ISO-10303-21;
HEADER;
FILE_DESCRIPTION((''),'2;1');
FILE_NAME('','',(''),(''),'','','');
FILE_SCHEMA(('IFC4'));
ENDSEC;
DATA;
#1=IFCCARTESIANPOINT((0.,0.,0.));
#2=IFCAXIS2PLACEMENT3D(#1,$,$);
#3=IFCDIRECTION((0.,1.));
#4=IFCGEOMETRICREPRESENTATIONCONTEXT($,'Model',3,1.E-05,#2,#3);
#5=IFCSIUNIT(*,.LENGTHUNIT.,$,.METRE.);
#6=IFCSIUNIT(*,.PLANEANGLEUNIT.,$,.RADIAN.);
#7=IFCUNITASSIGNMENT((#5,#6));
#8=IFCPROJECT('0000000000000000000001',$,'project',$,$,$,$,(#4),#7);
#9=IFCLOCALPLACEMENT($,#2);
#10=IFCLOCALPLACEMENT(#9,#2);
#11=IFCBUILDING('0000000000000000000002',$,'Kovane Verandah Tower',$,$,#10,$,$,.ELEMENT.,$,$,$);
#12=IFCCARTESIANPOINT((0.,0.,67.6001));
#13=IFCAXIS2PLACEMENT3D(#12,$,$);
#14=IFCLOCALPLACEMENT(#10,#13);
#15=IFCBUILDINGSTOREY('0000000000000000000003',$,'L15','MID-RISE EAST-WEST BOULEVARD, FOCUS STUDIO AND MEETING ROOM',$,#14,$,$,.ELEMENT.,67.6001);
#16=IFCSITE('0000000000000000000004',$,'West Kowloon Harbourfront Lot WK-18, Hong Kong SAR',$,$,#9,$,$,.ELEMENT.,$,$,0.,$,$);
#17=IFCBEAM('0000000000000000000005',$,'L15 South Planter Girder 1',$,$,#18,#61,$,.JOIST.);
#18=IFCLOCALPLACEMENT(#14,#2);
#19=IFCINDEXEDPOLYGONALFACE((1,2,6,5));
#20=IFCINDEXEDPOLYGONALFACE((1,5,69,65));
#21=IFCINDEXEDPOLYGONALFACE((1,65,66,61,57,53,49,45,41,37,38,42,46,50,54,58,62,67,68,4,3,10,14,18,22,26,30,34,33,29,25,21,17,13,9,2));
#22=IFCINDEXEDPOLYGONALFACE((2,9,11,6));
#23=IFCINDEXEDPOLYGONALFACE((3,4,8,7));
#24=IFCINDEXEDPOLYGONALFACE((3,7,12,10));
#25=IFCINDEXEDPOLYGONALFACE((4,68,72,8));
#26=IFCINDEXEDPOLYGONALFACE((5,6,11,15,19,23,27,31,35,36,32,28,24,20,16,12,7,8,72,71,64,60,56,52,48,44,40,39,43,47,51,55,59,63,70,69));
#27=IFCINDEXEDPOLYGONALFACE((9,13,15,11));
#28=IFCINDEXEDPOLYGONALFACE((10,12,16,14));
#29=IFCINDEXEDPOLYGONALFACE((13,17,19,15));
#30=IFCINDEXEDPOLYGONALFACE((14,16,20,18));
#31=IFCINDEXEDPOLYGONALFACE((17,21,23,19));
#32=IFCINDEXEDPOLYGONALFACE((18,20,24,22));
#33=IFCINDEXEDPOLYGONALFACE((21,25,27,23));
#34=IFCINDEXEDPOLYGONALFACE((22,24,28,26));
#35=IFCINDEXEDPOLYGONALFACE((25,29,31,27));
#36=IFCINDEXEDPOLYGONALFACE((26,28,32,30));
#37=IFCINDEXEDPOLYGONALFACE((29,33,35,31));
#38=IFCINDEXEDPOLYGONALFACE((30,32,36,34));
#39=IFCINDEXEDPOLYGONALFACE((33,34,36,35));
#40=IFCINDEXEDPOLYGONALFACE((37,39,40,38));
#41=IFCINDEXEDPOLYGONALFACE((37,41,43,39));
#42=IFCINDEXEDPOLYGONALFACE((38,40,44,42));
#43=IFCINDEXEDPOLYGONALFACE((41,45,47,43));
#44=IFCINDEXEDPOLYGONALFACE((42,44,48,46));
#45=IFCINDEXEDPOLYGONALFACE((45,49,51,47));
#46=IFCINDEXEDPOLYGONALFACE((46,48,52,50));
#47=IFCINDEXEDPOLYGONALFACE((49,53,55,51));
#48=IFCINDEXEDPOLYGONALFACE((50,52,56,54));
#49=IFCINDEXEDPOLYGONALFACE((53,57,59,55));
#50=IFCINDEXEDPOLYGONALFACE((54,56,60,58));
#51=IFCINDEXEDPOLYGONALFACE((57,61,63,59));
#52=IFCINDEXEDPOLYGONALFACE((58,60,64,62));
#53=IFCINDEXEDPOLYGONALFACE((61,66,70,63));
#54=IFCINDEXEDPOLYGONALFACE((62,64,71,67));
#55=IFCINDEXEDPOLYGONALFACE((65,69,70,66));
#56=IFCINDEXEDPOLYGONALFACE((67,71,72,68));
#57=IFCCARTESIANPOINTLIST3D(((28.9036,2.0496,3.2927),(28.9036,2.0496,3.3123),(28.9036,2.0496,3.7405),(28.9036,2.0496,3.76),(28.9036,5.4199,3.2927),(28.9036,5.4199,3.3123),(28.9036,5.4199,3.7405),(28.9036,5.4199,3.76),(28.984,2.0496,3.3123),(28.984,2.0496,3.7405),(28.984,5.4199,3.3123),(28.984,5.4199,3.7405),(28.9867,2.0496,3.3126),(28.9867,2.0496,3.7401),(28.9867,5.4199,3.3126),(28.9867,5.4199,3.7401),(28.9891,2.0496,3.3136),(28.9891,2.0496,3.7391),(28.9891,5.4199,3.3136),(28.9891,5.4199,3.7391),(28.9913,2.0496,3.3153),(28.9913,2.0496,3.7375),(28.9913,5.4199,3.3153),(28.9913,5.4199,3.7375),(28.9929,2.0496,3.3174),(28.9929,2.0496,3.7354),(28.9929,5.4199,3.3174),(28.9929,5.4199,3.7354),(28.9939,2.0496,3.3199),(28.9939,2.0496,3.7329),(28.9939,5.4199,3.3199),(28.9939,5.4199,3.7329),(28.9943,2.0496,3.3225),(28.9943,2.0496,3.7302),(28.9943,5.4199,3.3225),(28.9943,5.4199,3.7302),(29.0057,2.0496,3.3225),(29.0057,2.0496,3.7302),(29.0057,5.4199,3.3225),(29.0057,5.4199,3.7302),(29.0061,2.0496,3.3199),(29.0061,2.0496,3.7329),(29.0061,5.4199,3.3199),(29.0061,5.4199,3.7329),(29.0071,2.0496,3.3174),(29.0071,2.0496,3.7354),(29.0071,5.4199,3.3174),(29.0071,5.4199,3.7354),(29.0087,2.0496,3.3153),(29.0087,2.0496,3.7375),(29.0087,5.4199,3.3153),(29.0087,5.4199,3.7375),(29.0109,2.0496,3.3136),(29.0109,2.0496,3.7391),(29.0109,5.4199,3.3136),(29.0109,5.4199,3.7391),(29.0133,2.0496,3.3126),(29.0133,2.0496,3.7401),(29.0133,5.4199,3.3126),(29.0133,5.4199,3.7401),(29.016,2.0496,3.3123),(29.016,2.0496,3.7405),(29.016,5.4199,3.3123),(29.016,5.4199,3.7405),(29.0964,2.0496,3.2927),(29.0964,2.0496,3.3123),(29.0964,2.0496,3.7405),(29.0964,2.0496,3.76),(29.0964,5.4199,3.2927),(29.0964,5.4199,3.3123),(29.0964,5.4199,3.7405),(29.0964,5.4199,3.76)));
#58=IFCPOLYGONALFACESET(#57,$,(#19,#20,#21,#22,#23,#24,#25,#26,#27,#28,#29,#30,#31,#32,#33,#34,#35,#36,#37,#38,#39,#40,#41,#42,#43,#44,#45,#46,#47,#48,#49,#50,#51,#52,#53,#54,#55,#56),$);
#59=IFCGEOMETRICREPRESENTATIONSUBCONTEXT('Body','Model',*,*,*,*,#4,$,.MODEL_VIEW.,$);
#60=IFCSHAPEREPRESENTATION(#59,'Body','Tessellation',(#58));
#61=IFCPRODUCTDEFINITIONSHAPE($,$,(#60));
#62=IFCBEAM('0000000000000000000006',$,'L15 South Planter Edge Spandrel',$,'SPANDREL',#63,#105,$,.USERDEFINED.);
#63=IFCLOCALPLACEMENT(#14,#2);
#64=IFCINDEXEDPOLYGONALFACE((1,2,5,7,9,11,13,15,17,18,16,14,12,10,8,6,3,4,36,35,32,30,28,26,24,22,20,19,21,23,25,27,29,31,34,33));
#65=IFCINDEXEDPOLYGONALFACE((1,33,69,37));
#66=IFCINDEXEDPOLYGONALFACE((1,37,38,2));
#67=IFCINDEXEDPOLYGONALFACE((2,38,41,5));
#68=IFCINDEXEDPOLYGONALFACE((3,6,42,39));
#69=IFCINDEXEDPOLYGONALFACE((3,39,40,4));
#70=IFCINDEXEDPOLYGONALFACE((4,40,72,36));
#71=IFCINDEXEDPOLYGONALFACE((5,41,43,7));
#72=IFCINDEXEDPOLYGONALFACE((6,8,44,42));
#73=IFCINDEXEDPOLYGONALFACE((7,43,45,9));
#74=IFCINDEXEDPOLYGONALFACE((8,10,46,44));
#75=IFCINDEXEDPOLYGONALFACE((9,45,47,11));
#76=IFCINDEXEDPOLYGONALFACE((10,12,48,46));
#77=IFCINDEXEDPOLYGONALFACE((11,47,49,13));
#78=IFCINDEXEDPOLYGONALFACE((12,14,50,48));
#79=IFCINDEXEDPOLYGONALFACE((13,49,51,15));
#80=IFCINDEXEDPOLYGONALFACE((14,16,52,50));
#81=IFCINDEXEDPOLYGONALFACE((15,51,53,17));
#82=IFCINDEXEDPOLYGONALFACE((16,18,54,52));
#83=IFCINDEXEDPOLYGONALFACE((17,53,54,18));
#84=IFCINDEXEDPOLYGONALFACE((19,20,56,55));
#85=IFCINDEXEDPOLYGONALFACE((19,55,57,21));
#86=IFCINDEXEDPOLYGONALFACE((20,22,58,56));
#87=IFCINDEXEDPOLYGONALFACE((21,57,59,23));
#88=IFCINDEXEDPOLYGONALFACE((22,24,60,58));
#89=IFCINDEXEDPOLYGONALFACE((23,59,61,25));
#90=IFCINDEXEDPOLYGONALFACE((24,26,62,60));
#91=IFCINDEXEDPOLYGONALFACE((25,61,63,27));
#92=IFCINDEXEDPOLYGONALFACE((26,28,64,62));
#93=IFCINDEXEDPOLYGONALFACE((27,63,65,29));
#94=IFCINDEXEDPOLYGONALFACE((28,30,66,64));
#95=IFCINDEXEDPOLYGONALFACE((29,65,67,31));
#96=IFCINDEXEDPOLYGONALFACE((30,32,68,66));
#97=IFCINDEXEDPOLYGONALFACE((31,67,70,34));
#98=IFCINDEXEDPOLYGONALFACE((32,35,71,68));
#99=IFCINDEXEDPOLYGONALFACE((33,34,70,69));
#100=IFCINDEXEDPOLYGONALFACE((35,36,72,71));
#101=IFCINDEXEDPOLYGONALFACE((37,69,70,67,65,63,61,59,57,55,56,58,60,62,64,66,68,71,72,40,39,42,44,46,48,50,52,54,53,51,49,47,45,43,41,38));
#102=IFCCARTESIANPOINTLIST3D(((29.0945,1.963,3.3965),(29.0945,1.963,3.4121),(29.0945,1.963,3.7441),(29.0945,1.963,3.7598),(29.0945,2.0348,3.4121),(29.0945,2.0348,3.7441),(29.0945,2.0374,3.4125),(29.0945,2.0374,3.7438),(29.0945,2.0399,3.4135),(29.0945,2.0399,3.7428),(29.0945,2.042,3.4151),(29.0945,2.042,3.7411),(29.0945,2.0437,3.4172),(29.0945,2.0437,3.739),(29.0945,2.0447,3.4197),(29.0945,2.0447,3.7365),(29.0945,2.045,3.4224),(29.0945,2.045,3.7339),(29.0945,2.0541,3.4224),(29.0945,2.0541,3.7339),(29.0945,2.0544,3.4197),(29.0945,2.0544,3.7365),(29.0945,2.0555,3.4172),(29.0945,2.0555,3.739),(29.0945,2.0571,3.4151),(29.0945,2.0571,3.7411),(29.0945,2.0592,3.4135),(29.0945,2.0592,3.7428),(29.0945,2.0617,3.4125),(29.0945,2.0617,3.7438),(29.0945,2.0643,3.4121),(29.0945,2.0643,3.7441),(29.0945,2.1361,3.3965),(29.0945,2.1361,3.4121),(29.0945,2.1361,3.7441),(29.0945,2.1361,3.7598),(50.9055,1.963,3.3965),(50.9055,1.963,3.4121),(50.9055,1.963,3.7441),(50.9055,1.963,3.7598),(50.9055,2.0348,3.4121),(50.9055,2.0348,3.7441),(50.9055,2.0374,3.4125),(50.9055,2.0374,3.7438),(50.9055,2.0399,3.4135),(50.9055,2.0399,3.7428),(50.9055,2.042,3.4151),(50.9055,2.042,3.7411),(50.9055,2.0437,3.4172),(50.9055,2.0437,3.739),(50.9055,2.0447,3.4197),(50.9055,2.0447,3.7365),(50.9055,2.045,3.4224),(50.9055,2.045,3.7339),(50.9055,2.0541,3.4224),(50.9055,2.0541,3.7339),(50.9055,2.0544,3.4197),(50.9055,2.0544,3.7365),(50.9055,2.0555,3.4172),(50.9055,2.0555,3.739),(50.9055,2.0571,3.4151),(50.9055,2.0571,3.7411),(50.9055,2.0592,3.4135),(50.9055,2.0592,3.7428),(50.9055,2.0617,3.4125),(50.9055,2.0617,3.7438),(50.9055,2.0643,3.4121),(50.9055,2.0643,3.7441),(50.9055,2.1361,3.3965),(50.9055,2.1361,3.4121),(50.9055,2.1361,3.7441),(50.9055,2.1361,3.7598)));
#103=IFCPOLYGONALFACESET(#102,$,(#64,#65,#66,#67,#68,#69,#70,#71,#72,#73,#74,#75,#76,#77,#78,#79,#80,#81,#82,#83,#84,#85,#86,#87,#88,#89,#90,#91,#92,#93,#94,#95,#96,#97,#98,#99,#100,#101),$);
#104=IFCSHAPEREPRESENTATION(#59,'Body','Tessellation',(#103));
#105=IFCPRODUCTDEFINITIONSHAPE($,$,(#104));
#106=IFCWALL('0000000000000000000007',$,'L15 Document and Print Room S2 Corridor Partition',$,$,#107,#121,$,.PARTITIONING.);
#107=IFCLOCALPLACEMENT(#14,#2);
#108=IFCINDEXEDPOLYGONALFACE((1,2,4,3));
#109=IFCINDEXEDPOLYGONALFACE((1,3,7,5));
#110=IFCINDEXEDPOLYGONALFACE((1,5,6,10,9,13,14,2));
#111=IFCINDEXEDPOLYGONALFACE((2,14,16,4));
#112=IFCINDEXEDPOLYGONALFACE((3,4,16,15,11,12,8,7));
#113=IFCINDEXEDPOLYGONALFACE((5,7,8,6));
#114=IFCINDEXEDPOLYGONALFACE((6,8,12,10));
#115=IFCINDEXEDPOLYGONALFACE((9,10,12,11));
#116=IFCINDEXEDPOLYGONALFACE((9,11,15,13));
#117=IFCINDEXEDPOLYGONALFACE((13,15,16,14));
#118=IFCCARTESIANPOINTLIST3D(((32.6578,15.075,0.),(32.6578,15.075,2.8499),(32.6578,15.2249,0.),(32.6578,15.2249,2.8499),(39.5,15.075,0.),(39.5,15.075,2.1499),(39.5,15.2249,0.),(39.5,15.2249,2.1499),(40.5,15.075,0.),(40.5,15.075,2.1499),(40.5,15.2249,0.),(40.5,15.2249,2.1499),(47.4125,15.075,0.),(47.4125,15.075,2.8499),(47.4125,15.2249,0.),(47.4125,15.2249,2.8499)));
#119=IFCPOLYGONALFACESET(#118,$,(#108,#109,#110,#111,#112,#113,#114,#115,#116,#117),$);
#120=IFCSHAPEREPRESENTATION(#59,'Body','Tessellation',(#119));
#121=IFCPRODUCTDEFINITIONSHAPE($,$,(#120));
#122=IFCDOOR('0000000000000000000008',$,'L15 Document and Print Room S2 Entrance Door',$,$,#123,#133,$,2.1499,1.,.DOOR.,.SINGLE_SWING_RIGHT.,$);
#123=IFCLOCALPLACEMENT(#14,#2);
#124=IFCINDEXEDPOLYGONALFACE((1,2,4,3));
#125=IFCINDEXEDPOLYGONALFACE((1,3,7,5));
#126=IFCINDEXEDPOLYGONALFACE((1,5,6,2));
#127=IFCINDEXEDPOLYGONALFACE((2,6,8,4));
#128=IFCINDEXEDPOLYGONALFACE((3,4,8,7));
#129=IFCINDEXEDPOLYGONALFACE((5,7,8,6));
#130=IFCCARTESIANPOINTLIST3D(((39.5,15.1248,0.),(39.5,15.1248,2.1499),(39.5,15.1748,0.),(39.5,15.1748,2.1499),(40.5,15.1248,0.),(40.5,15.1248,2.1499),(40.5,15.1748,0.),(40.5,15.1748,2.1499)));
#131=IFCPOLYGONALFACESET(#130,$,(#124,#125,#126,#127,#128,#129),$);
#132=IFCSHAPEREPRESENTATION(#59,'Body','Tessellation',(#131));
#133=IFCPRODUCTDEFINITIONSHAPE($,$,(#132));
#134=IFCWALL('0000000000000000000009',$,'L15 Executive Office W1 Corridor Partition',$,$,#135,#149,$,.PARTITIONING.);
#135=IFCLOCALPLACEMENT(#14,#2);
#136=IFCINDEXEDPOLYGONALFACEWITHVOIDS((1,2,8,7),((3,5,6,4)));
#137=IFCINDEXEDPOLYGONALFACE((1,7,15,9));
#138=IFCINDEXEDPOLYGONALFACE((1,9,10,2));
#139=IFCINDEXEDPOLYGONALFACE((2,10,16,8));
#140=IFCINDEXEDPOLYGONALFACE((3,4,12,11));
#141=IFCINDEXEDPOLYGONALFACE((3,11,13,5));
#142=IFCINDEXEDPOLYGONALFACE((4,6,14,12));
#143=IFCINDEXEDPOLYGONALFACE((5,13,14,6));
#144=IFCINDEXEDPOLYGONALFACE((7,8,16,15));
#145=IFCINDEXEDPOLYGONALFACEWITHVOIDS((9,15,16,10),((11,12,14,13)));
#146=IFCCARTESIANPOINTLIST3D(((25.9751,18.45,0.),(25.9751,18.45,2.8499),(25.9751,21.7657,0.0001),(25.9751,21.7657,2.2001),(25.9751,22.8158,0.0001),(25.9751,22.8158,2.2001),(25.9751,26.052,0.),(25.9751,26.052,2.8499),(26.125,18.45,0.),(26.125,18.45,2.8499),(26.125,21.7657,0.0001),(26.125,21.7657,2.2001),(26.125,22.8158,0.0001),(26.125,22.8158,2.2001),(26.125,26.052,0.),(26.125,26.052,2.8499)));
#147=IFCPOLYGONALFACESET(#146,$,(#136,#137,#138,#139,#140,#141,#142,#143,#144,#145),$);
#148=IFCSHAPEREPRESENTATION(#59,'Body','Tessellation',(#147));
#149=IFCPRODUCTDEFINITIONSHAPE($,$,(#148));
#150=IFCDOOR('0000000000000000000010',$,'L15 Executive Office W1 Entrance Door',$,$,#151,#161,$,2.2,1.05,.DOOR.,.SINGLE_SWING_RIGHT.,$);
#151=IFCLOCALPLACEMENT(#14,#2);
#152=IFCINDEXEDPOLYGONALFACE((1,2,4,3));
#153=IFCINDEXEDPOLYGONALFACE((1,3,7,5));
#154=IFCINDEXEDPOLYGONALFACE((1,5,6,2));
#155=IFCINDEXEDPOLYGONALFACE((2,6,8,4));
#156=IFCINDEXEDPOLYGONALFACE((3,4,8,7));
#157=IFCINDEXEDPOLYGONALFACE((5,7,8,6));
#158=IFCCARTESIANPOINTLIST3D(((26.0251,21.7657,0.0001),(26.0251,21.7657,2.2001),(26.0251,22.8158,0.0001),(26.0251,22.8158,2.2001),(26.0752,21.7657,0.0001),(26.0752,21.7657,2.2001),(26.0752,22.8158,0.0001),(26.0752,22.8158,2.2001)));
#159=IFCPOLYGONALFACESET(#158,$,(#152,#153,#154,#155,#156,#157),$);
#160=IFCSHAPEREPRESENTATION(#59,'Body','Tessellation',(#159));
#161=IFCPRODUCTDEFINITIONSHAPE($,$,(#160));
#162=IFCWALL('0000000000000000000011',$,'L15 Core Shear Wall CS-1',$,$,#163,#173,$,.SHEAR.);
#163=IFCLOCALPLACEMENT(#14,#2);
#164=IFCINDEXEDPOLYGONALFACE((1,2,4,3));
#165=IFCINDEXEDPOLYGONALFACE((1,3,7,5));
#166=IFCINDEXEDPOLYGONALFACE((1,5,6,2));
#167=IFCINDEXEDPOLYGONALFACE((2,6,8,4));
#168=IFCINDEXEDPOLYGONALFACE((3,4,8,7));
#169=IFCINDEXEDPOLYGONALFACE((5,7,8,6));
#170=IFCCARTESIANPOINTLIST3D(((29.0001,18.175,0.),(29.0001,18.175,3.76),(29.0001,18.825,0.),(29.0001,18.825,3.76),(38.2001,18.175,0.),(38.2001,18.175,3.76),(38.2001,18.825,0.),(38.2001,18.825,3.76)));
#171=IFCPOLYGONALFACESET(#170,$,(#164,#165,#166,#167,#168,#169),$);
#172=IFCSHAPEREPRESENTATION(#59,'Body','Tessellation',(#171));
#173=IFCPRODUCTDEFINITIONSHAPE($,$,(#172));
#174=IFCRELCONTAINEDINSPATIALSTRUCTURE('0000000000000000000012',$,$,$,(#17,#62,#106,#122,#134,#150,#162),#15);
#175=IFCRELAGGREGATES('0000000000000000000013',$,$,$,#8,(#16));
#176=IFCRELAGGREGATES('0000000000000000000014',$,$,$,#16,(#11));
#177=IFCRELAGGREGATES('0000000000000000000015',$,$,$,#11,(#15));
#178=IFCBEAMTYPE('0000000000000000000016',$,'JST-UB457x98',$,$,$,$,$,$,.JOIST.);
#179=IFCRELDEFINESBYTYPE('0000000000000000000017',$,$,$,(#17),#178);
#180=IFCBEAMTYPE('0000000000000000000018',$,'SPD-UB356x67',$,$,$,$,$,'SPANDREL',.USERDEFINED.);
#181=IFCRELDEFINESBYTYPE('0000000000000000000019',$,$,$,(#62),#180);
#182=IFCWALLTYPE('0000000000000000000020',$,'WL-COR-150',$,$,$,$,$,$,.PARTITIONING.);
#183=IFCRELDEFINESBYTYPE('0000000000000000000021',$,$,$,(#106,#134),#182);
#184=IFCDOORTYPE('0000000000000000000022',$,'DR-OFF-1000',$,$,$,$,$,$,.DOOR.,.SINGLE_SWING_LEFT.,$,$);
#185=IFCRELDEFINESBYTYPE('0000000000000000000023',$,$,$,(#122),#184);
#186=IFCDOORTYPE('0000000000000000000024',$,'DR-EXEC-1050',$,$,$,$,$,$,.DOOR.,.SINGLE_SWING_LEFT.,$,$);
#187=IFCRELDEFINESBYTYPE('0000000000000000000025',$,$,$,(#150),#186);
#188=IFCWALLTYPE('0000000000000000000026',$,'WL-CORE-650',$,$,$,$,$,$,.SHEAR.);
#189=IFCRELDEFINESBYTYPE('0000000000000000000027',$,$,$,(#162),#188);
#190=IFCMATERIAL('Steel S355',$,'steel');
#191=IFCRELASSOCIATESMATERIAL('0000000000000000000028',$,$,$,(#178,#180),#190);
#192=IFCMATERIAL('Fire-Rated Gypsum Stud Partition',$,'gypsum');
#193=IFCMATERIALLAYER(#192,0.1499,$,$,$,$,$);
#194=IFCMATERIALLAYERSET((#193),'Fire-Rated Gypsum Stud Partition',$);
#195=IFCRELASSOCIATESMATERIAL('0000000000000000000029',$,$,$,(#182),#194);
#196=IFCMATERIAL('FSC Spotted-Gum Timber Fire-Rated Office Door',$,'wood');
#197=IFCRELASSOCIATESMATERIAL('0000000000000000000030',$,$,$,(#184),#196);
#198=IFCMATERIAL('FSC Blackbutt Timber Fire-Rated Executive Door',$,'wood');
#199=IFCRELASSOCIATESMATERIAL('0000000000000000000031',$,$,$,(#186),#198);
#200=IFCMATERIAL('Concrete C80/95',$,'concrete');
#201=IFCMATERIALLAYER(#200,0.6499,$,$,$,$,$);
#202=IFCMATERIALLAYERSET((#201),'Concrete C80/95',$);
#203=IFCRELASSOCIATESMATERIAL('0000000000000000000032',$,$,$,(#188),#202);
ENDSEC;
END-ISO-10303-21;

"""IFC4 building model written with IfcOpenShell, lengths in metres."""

from ifc_helpers import new_model, si_unit, direction, frame, frame_2d, origin, origin_2d, place, context, subcontext, project, spatial, rectangle, i_section, extrude, material, layer, layer_set, material_profile, profile_set, type_object, element, fill, save


model = new_model("IFC4")

# Units and contexts
model_context = context("Model", 3, precision=1e-05, world=origin(), true_north=direction((0.0, 1.0)))
body_context = subcontext(model_context, "Body", "Model", "MODEL_VIEW")
ifc_project = project(units=[si_unit("LENGTHUNIT", "METRE"), si_unit("PLANEANGLEUNIT", "RADIAN")], contexts=[model_context])

# Site, building, storey
site_placement = place(None, origin())
site = spatial("IfcSite", under=ifc_project, at=site_placement, Name="West Kowloon Harbourfront Lot WK-18, Hong Kong SAR", CompositionType="ELEMENT", RefElevation=0.0)
building_placement = place(site_placement, origin())
building = spatial("IfcBuilding", under=site, at=building_placement, Name="Kovane Verandah Tower", CompositionType="ELEMENT")
storey_placement = place(building_placement, frame((0.0, 0.0, 67.6001)))
storey = spatial("IfcBuildingStorey", under=building, at=storey_placement, Name="L15", Description="MID-RISE EAST-WEST BOULEVARD, FOCUS STUDIO AND MEETING ROOM", CompositionType="ELEMENT", Elevation=67.6001)

# Shared definitions
ifc_material_1 = material(Name="Concrete C80/95", Category="concrete")

# Beams
ifc_material_2 = material(Name="Steel S355", Category="steel")
ifc_material_profile_1 = material_profile(ifc_material_2, i_section(OverallWidth=0.1929, OverallDepth=0.4673, WebThickness=0.0115, FlangeThickness=0.0195, FilletRadius=0.0103, at=origin_2d()), Name="UB457x191x98")
ifc_profile_set_1 = profile_set([ifc_material_profile_1], Name="Steel S355")
beam_type_1 = type_object("IfcBeamType", Name="JST-UB457x98", PredefinedType="JOIST", material=ifc_profile_set_1)
beam_1_placement = place(storey_placement, frame((29.0, 5.4199, 3.5264), z_axis=(0.0, -1.0, 0.0), x_axis=(1.0, 0.0, 0.0)))
element("IfcBeam", 1, at=beam_1_placement, inside=storey, type_object=beam_type_1, Name="L15 South Planter Girder 1", PredefinedType="JOIST", context=body_context, shape_type="SweptSolid", body=[
    extrude(i_section(OverallWidth=0.1929, OverallDepth=0.4673, WebThickness=0.0115, FlangeThickness=0.0195, FilletRadius=0.0103, at=origin_2d()), origin(), (0.0, 0.0, 1.0), 3.3704),
])
ifc_material_profile_2 = material_profile(ifc_material_2, i_section(OverallWidth=0.1731, OverallDepth=0.3633, WebThickness=0.009, FlangeThickness=0.0156, FilletRadius=0.0103, at=origin_2d()), Name="UB356x171x67")
ifc_profile_set_2 = profile_set([ifc_material_profile_2], Name="Steel S355")
beam_type_2 = type_object("IfcBeamType", Name="SPD-UB356x67", ElementType="SPANDREL", PredefinedType="USERDEFINED", material=ifc_profile_set_2)
beam_2_placement = place(storey_placement, frame((29.0945, 2.0496, 3.5781), z_axis=(1.0, 0.0, 0.0), x_axis=(0.0, 1.0, 0.0)))
element("IfcBeam", 2, at=beam_2_placement, inside=storey, type_object=beam_type_2, Name="L15 South Planter Edge Spandrel", ObjectType="SPANDREL", PredefinedType="USERDEFINED", context=body_context, shape_type="SweptSolid", body=[
    extrude(i_section(OverallWidth=0.1731, OverallDepth=0.3633, WebThickness=0.009, FlangeThickness=0.0156, FilletRadius=0.0103, at=origin_2d()), origin(), (0.0, 0.0, 1.0), 21.811),
])

# Walls, openings, doors
ifc_material_3 = material(Name="Fire-Rated Gypsum Stud Partition", Category="gypsum")
ifc_layer_1 = layer(ifc_material_3, 0.1499)
ifc_layer_set_1 = layer_set([ifc_layer_1], Name="Fire-Rated Gypsum Stud Partition")
wall_type_1 = type_object("IfcWallType", Name="WL-COR-150", PredefinedType="PARTITIONING", material=ifc_layer_set_1)
wall_1_placement = place(storey_placement, frame((32.6577, 15.1499, 0.0), z_axis=(0.0, 0.0, 1.0), x_axis=(1.0, 0.0, 0.0)))
wall_1 = element("IfcWall", 3, at=wall_1_placement, inside=storey, type_object=wall_type_1, Name="L15 Document and Print Room S2 Corridor Partition", PredefinedType="PARTITIONING", context=body_context, shape_type="SweptSolid", body=[
    extrude(rectangle(XDim=14.7546, YDim=0.1499, at=frame_2d((7.3774, 0.0))), origin(), (0.0, 0.0, 1.0), 2.8499),
])
opening_1_placement = place(wall_1_placement, frame((6.8423, 0.0, 0.0)))
opening_1 = element("IfcOpeningElement", 4, at=opening_1_placement, cuts=wall_1, PredefinedType="OPENING", context=body_context, shape_type="SweptSolid", body=[
    extrude(rectangle(XDim=1.0, YDim=2.1499, at=frame_2d((0.5, 1.075))), frame((0.0, 0.075, 0.0), z_axis=(0.0, -1.0, 0.0), x_axis=(1.0, 0.0, 0.0)), (0.0, 0.0, 1.0), 0.1499),
])
ifc_material_4 = material(Name="FSC Spotted-Gum Timber Fire-Rated Office Door", Category="wood")
door_type_1 = type_object("IfcDoorType", Name="DR-OFF-1000", OperationType="SINGLE_SWING_LEFT", PredefinedType="DOOR", material=ifc_material_4)
door_1_placement = place(opening_1_placement, origin())
door_1 = element("IfcDoor", 5, at=door_1_placement, inside=storey, type_object=door_type_1, Name="L15 Document and Print Room S2 Entrance Door", OperationType="SINGLE_SWING_RIGHT", OverallHeight=2.1499, OverallWidth=1.0, PredefinedType="DOOR", context=body_context, shape_type="SweptSolid", body=[
    extrude(rectangle(XDim=1.0, YDim=2.1499, at=frame_2d((0.5, 1.075))), frame((0.0, 0.0249, 0.0), z_axis=(0.0, -1.0, 0.0), x_axis=(1.0, 0.0, 0.0)), (0.0, 0.0, 1.0), 0.05),
])
fill(opening_1, door_1)
wall_2_placement = place(storey_placement, frame((26.05, 18.45, 0.0), z_axis=(0.0, 0.0, 1.0), x_axis=(0.0, 1.0, 0.0)))
wall_2 = element("IfcWall", 6, at=wall_2_placement, inside=storey, type_object=wall_type_1, Name="L15 Executive Office W1 Corridor Partition", PredefinedType="PARTITIONING", context=body_context, shape_type="SweptSolid", body=[
    extrude(rectangle(XDim=7.6021, YDim=0.1499, at=frame_2d((3.801, 0.0))), origin(), (0.0, 0.0, 1.0), 2.8499),
])
opening_2_placement = place(wall_2_placement, frame((3.3159, 0.0, 0.0)))
opening_2 = element("IfcOpeningElement", 7, at=opening_2_placement, cuts=wall_2, PredefinedType="OPENING", context=body_context, shape_type="SweptSolid", body=[
    extrude(rectangle(XDim=1.05, YDim=2.2, at=frame_2d((0.5249, 1.1001))), frame((0.0, 0.075, 0.0), z_axis=(0.0, -1.0, 0.0), x_axis=(1.0, 0.0, 0.0)), (0.0, 0.0, 1.0), 0.1499),
])
ifc_material_5 = material(Name="FSC Blackbutt Timber Fire-Rated Executive Door", Category="wood")
door_type_2 = type_object("IfcDoorType", Name="DR-EXEC-1050", OperationType="SINGLE_SWING_LEFT", PredefinedType="DOOR", material=ifc_material_5)
door_2_placement = place(opening_2_placement, origin())
door_2 = element("IfcDoor", 8, at=door_2_placement, inside=storey, type_object=door_type_2, Name="L15 Executive Office W1 Entrance Door", OperationType="SINGLE_SWING_RIGHT", OverallHeight=2.2, OverallWidth=1.05, PredefinedType="DOOR", context=body_context, shape_type="SweptSolid", body=[
    extrude(rectangle(XDim=1.05, YDim=2.2, at=frame_2d((0.5249, 1.1001))), frame((0.0, 0.0249, 0.0), z_axis=(0.0, -1.0, 0.0), x_axis=(1.0, 0.0, 0.0)), (0.0, 0.0, 1.0), 0.05),
])
fill(opening_2, door_2)

# Wall
ifc_layer_2 = layer(ifc_material_1, 0.6499)
ifc_layer_set_2 = layer_set([ifc_layer_2], Name="Concrete C80/95")
wall_type_2 = type_object("IfcWallType", Name="WL-CORE-650", PredefinedType="SHEAR", material=ifc_layer_set_2)
wall_3_placement = place(storey_placement, frame((29.0, 18.5, 0.0), z_axis=(0.0, 0.0, 1.0), x_axis=(1.0, 0.0, 0.0)))
element("IfcWall", 9, at=wall_3_placement, inside=storey, type_object=wall_type_2, Name="L15 Core Shear Wall CS-1", PredefinedType="SHEAR", context=body_context, shape_type="SweptSolid", body=[
    extrude(rectangle(XDim=9.2, YDim=0.6499, at=frame_2d((4.6001, 0.0))), origin(), (0.0, 0.0, 1.0), 3.76),
])

save(model, "model.ifc")
